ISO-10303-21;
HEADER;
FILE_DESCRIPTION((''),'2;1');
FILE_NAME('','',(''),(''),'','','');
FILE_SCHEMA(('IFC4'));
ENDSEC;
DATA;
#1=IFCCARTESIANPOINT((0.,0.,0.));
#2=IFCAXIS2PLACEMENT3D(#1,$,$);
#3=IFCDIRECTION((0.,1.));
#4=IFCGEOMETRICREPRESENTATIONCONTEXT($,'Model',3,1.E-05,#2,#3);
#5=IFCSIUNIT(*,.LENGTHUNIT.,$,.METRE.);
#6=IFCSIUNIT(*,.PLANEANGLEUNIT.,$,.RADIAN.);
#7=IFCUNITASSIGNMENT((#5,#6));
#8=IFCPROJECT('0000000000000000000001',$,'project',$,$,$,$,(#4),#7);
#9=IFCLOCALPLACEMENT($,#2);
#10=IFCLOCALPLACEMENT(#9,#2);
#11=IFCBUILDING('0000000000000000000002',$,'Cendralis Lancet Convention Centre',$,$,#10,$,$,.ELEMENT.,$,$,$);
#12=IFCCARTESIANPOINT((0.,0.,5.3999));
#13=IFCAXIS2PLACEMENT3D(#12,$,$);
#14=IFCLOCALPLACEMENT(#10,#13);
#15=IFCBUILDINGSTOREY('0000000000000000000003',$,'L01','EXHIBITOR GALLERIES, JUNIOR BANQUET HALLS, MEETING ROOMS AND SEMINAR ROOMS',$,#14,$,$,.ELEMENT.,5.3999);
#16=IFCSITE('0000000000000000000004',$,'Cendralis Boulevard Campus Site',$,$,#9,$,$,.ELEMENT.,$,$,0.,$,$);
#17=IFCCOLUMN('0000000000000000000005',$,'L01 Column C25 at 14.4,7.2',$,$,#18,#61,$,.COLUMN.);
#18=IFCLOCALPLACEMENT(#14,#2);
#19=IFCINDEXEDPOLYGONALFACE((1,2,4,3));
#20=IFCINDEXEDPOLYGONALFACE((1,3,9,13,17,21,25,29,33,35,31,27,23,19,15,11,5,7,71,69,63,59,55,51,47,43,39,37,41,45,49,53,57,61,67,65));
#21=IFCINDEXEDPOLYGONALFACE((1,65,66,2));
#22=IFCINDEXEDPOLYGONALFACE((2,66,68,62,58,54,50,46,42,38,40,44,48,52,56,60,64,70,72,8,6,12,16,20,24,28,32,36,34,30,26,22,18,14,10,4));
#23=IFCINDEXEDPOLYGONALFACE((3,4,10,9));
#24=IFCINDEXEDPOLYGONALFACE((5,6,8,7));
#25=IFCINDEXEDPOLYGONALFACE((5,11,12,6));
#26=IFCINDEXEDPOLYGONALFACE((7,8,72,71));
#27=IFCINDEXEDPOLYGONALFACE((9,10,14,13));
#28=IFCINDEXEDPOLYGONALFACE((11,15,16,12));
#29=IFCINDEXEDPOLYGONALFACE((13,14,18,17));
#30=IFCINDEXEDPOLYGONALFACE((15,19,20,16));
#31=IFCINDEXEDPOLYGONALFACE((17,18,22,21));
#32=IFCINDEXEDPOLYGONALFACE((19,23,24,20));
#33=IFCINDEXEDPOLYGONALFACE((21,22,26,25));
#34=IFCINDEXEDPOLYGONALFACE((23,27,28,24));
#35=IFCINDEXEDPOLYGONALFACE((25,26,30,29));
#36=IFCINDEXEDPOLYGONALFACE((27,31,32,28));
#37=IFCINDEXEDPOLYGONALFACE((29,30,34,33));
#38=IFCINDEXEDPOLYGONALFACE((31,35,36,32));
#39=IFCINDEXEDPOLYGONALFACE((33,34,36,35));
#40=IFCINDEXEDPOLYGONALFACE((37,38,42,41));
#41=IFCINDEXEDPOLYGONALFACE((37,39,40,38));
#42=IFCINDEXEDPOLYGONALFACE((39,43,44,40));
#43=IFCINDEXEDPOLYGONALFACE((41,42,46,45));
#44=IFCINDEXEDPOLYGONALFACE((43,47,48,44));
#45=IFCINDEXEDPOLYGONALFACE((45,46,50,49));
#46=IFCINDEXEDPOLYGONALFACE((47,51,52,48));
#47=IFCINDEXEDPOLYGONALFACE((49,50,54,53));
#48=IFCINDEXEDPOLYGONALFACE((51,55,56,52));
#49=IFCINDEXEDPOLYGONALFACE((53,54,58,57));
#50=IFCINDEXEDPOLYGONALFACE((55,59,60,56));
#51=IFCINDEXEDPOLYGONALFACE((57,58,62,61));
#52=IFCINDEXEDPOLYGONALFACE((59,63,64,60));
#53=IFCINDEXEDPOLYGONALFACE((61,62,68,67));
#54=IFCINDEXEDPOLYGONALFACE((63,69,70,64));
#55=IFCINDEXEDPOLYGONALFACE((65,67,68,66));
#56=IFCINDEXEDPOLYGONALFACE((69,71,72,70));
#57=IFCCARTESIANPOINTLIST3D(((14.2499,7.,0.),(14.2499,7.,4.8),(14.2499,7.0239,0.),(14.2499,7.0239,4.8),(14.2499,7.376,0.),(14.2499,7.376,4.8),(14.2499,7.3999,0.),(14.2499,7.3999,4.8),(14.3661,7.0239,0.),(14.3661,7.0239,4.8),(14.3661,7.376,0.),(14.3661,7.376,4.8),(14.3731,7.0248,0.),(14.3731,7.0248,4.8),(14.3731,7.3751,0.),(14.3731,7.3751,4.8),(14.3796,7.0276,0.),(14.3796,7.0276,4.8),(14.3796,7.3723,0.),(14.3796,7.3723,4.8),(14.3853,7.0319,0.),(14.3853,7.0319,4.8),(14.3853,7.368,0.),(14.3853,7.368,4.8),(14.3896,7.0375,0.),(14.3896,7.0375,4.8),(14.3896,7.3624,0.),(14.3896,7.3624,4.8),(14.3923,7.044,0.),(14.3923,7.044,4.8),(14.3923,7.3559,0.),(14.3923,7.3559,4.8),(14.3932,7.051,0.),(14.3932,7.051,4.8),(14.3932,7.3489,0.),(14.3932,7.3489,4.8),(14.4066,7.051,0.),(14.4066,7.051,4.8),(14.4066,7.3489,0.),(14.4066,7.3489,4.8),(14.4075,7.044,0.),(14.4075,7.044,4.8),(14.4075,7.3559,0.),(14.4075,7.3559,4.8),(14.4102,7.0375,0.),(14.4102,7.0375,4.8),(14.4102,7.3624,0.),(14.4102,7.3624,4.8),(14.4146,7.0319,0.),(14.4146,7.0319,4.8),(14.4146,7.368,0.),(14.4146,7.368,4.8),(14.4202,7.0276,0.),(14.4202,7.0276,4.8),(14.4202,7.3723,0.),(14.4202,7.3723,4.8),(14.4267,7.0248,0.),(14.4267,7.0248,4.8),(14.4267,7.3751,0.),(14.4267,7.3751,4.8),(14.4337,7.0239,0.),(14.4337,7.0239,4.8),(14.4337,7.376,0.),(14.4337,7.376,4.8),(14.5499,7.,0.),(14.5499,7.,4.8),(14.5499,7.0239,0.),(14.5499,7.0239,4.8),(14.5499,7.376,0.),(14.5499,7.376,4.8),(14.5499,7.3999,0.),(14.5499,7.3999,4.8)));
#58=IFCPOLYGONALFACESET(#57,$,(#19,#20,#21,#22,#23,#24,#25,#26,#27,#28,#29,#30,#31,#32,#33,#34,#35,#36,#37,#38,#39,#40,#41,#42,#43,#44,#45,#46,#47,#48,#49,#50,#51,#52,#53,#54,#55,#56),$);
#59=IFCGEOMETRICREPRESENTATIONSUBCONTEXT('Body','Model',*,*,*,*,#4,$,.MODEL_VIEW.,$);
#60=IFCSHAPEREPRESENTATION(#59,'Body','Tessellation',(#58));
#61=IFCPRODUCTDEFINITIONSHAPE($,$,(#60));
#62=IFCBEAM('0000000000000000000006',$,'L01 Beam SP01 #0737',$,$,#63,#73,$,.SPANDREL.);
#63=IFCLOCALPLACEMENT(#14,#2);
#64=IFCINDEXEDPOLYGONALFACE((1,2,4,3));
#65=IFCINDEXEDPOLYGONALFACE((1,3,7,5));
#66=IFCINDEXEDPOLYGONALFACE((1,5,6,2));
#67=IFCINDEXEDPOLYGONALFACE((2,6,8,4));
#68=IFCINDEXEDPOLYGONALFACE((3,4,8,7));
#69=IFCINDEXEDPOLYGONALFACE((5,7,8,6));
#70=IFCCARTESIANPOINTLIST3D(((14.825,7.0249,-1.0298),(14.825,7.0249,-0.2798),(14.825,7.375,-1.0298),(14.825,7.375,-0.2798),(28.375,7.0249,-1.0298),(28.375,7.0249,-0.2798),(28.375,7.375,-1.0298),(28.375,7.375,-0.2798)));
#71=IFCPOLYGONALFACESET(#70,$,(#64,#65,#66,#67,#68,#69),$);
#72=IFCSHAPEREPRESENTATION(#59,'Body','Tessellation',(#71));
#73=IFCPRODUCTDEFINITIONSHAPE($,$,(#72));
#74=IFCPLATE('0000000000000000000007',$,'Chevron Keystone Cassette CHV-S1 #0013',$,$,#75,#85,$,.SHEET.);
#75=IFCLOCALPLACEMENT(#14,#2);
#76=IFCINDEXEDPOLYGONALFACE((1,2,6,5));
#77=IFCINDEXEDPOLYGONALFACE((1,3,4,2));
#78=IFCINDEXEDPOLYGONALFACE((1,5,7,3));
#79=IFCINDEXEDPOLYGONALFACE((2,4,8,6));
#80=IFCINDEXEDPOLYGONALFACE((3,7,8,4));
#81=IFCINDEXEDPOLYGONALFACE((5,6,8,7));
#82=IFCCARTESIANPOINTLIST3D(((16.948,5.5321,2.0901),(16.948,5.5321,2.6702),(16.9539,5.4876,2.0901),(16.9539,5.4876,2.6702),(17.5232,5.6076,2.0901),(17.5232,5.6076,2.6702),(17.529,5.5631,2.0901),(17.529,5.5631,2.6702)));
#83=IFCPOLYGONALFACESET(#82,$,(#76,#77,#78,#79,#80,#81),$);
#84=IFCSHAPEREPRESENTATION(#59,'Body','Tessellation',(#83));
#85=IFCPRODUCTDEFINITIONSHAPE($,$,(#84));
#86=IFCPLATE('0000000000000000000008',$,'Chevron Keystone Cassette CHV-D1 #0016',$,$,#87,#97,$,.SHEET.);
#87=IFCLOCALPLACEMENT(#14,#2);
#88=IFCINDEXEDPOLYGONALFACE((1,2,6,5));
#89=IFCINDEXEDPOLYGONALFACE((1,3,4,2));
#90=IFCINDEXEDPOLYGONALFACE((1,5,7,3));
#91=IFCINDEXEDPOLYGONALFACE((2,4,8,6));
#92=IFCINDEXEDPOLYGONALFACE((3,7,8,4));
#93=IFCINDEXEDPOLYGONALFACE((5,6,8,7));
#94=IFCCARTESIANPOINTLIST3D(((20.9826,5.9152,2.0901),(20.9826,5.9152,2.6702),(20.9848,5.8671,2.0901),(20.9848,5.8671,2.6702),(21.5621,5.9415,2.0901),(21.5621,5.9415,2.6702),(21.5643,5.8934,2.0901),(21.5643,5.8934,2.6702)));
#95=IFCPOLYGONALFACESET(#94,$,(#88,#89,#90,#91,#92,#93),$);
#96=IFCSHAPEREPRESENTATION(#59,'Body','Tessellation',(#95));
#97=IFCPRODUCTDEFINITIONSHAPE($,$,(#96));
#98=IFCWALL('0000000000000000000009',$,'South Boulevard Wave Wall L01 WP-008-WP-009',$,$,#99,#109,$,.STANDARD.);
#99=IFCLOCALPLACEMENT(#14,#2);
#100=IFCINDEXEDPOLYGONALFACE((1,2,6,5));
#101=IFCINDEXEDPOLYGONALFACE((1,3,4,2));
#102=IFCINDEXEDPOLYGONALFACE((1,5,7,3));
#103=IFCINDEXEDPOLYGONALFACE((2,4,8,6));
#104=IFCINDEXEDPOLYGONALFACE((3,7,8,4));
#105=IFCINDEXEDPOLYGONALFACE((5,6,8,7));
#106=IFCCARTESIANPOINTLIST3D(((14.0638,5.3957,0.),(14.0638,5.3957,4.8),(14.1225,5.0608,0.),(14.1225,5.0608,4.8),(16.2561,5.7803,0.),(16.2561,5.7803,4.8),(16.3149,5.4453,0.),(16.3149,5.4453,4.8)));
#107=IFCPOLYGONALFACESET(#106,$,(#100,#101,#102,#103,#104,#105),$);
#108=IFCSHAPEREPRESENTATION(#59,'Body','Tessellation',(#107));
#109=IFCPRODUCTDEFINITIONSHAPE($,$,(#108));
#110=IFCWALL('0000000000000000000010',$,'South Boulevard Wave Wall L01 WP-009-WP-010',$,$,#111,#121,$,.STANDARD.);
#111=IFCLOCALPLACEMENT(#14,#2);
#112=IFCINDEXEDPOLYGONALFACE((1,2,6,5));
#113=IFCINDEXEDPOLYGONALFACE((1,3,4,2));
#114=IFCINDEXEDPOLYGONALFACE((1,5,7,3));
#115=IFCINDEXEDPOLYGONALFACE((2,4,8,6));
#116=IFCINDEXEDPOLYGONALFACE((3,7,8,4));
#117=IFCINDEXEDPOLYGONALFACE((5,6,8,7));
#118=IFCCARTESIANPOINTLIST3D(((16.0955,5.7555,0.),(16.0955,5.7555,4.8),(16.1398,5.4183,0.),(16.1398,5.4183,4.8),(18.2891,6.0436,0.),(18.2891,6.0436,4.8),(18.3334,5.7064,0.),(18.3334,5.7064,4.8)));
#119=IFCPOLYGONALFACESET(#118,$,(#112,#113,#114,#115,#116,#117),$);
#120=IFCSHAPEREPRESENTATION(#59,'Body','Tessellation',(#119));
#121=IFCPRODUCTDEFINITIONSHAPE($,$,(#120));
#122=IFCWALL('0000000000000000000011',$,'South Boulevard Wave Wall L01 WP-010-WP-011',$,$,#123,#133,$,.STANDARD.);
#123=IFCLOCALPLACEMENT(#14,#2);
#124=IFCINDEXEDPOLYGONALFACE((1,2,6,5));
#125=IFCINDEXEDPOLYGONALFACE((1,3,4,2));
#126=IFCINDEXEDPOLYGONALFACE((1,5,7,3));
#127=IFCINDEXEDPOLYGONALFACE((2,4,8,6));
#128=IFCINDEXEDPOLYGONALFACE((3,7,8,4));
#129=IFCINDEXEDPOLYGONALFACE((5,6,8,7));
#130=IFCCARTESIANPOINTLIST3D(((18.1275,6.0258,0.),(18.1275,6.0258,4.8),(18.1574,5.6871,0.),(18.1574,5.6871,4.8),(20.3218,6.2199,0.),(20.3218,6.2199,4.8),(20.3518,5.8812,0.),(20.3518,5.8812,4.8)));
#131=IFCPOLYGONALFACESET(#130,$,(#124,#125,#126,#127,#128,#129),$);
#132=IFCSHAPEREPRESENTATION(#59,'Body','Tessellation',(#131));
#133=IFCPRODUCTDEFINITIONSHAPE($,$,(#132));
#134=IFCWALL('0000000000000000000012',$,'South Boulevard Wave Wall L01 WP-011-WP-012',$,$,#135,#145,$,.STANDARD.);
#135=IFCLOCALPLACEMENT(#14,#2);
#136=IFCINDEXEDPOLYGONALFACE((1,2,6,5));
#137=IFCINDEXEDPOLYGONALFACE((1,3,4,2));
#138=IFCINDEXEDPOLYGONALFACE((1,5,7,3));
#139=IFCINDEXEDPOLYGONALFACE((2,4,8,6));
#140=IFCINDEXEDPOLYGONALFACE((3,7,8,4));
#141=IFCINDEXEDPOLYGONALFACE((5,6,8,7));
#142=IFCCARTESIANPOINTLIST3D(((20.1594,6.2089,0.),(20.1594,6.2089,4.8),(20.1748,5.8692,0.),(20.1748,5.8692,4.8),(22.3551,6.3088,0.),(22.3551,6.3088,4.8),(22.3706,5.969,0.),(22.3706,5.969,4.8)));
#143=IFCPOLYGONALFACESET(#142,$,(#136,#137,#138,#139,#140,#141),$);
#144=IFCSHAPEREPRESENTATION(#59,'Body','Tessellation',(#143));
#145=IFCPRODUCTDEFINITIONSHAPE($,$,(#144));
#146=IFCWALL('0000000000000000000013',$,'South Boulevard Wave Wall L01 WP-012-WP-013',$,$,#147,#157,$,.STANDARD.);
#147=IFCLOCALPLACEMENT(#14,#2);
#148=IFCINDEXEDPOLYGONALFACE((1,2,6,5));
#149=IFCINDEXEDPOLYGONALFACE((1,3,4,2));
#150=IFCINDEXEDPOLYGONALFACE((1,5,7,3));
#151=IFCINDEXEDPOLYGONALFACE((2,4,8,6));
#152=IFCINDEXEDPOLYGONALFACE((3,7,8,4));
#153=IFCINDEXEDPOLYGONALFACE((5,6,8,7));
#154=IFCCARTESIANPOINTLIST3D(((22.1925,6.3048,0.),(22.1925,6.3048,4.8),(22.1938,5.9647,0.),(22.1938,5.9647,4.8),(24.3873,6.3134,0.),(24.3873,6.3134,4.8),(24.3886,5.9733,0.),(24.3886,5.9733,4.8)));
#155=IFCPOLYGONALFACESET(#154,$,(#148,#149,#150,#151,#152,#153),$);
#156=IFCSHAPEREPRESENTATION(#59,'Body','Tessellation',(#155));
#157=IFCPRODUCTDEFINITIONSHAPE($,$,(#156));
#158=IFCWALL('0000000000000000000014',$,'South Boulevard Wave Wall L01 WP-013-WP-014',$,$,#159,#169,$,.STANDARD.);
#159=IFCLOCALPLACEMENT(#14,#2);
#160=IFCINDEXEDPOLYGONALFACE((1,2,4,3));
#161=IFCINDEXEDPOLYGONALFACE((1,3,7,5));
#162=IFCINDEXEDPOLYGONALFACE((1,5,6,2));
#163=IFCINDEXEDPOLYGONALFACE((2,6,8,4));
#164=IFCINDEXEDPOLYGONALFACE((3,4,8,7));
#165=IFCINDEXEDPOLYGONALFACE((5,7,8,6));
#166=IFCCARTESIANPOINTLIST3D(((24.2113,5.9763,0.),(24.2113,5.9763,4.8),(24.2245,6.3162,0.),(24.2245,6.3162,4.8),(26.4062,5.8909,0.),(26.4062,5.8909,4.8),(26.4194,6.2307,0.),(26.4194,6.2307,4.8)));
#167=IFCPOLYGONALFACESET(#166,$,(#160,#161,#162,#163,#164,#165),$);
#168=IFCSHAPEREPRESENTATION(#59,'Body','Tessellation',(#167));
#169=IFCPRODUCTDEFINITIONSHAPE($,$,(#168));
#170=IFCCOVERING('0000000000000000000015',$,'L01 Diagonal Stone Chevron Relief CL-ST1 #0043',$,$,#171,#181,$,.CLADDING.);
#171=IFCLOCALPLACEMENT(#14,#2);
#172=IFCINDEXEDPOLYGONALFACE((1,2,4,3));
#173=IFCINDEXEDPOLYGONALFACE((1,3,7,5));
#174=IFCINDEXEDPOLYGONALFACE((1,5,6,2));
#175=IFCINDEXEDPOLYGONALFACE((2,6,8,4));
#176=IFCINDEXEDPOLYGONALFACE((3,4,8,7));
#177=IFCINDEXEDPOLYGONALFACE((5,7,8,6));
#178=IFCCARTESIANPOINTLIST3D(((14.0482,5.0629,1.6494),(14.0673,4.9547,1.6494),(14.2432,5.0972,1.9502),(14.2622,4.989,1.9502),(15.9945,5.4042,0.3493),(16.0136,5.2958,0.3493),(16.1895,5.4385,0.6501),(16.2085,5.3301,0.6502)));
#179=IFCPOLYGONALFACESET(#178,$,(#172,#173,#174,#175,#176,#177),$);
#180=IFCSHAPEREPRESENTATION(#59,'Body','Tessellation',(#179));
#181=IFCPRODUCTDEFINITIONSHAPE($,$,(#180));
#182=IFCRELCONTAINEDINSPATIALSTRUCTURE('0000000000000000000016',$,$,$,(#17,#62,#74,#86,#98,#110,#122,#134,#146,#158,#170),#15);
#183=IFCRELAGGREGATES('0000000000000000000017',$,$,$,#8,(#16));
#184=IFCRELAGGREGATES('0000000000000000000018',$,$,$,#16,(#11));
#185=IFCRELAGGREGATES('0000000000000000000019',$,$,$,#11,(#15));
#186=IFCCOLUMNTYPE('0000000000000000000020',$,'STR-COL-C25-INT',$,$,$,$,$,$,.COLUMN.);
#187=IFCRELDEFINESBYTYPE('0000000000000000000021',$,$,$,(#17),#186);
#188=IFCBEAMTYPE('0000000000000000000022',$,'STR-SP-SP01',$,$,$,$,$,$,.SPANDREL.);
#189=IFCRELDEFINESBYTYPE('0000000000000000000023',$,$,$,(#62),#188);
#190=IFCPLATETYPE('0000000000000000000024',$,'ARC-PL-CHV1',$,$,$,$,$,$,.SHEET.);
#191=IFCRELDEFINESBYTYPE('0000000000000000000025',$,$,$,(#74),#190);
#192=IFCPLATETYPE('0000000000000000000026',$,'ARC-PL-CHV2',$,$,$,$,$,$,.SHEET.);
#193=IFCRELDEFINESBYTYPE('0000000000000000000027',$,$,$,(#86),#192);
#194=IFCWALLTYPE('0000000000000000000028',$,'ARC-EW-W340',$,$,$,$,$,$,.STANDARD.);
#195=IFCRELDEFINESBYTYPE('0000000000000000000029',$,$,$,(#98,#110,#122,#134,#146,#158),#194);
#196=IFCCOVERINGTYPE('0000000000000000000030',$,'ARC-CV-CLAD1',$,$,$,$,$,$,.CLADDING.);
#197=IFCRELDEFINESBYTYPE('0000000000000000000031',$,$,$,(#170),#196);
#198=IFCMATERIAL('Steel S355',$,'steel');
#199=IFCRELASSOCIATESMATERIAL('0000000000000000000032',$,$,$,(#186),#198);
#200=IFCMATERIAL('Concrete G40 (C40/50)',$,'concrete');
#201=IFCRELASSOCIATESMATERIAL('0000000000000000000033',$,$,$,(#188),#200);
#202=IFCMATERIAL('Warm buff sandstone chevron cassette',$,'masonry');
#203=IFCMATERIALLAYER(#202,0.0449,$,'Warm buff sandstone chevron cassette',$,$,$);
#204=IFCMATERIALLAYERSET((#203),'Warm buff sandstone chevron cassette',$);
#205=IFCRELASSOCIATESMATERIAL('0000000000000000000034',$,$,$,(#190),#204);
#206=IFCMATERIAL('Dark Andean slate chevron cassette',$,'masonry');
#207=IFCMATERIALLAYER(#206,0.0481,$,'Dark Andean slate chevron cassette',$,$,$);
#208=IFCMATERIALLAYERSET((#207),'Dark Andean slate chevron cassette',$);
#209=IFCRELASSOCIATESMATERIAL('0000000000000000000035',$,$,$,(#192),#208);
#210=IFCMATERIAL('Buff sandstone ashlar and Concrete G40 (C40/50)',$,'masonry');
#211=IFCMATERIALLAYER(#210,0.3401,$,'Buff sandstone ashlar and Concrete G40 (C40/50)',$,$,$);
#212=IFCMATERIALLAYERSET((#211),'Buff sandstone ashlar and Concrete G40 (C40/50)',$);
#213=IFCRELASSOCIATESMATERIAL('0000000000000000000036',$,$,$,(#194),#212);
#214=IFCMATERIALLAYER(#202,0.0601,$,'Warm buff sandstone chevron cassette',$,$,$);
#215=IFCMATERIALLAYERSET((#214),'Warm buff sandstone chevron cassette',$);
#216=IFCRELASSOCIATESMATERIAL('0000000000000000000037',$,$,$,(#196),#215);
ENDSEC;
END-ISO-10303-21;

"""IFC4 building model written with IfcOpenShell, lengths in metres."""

from ifc_helpers import new_model, si_unit, direction, frame, frame_2d, origin, origin_2d, place, context, subcontext, project, spatial, polyline, rectangle, i_section, outline, extrude, material, layer, layer_set, material_profile, profile_set, type_object, element, save


model = new_model("IFC4")

# Units and contexts
model_context = context("Model", 3, precision=1e-05, world=origin(), true_north=direction((0.0, 1.0)))
body_context = subcontext(model_context, "Body", "Model", "MODEL_VIEW")
ifc_project = project(units=[si_unit("LENGTHUNIT", "METRE"), si_unit("PLANEANGLEUNIT", "RADIAN")], contexts=[model_context])

# Site, building, storey
site_placement = place(None, origin())
site = spatial("IfcSite", under=ifc_project, at=site_placement, Name="Cendralis Boulevard Campus Site", CompositionType="ELEMENT", RefElevation=0.0)
building_placement = place(site_placement, origin())
building = spatial("IfcBuilding", under=site, at=building_placement, Name="Cendralis Lancet Convention Centre", CompositionType="ELEMENT")
storey_placement = place(building_placement, frame((0.0, 0.0, 5.3999)))
storey = spatial("IfcBuildingStorey", under=building, at=storey_placement, Name="L01", Description="EXHIBITOR GALLERIES, JUNIOR BANQUET HALLS, MEETING ROOMS AND SEMINAR ROOMS", CompositionType="ELEMENT", Elevation=5.3999)

# Column
ifc_material_1 = material(Name="Steel S355", Category="steel")
ifc_material_profile_1 = material_profile(ifc_material_1, i_section(OverallWidth=0.3, OverallDepth=0.3999, WebThickness=0.0134, FlangeThickness=0.0239, FilletRadius=0.0271, at=origin_2d()), Name="HEB 400")
ifc_profile_set_1 = profile_set([ifc_material_profile_1], Name="Steel S355")
column_type = type_object("IfcColumnType", Name="STR-COL-C25-INT", PredefinedType="COLUMN", material=ifc_profile_set_1)
column_placement = place(storey_placement, frame((14.3999, 7.2, 0.0), z_axis=(0.0, 0.0, 1.0), x_axis=(1.0, 0.0, 0.0)))
element("IfcColumn", 1, at=column_placement, inside=storey, type_object=column_type, Name="L01 Column C25 at 14.4,7.2", PredefinedType="COLUMN", context=body_context, shape_type="SweptSolid", body=[
    extrude(i_section(OverallWidth=0.3, OverallDepth=0.3999, WebThickness=0.0134, FlangeThickness=0.0239, FilletRadius=0.0271, at=origin_2d()), origin(), (0.0, 0.0, 1.0), 4.8),
])

# Beam
ifc_material_2 = material(Name="Concrete G40 (C40/50)", Category="concrete")
ifc_material_profile_2 = material_profile(ifc_material_2, rectangle(XDim=0.3501, YDim=0.75, at=origin_2d()), Name="RCB 350x750")
ifc_profile_set_2 = profile_set([ifc_material_profile_2], Name="Concrete G40 (C40/50)")
beam_type = type_object("IfcBeamType", Name="STR-SP-SP01", PredefinedType="SPANDREL", material=ifc_profile_set_2)
beam_placement = place(storey_placement, frame((14.825, 7.2, -0.6548), z_axis=(1.0, 0.0, 0.0), x_axis=(0.0, 1.0, 0.0)))
element("IfcBeam", 2, at=beam_placement, inside=storey, type_object=beam_type, Name="L01 Beam SP01 #0737", PredefinedType="SPANDREL", context=body_context, shape_type="SweptSolid", body=[
    extrude(rectangle(XDim=0.3501, YDim=0.75, at=origin_2d()), origin(), (0.0, 0.0, 1.0), 13.55),
])

# Plates
ifc_material_3 = material(Name="Warm buff sandstone chevron cassette", Category="masonry")
ifc_layer_1 = layer(ifc_material_3, 0.0449, Name="Warm buff sandstone chevron cassette")
ifc_layer_set_1 = layer_set([ifc_layer_1], Name="Warm buff sandstone chevron cassette")
plate_type_1 = type_object("IfcPlateType", Name="ARC-PL-CHV1", PredefinedType="SHEET", material=ifc_layer_set_1)
plate_1_placement = place(storey_placement, frame((17.2385, 5.5476, 2.0901), z_axis=(0.0, 0.0, 1.0), x_axis=(0.991484, 0.130232, 0.0)))
element("IfcPlate", 3, at=plate_1_placement, inside=storey, type_object=plate_type_1, Name="Chevron Keystone Cassette CHV-S1 #0013", PredefinedType="SHEET", context=body_context, shape_type="SweptSolid", body=[
    extrude(rectangle(XDim=0.5801, YDim=0.0449, at=origin_2d()), origin(), (0.0, 0.0, 1.0), 0.5801),
])
ifc_material_4 = material(Name="Dark Andean slate chevron cassette", Category="masonry")
ifc_layer_2 = layer(ifc_material_4, 0.0481, Name="Dark Andean slate chevron cassette")
ifc_layer_set_2 = layer_set([ifc_layer_2], Name="Dark Andean slate chevron cassette")
plate_type_2 = type_object("IfcPlateType", Name="ARC-PL-CHV2", PredefinedType="SHEET", material=ifc_layer_set_2)
plate_2_placement = place(storey_placement, frame((21.2734, 5.9043, 2.0901), z_axis=(0.0, 0.0, 1.0), x_axis=(0.998971, 0.045363, 0.0)))
element("IfcPlate", 4, at=plate_2_placement, inside=storey, type_object=plate_type_2, Name="Chevron Keystone Cassette CHV-D1 #0016", PredefinedType="SHEET", context=body_context, shape_type="SweptSolid", body=[
    extrude(rectangle(XDim=0.5801, YDim=0.0481, at=origin_2d()), origin(), (0.0, 0.0, 1.0), 0.5801),
])

# Walls
ifc_material_5 = material(Name="Buff sandstone ashlar and Concrete G40 (C40/50)", Category="masonry")
ifc_layer_3 = layer(ifc_material_5, 0.3401, Name="Buff sandstone ashlar and Concrete G40 (C40/50)")
ifc_layer_set_3 = layer_set([ifc_layer_3], Name="Buff sandstone ashlar and Concrete G40 (C40/50)")
wall_type = type_object("IfcWallType", Name="ARC-EW-W340", PredefinedType="STANDARD", material=ifc_layer_set_3)
wall_1_placement = place(storey_placement, frame((14.0933, 5.2283, 0.0), z_axis=(0.0, 0.0, 1.0), x_axis=(0.984965, 0.172753, 0.0)))
element("IfcWall", 5, at=wall_1_placement, inside=storey, type_object=wall_type, Name="South Boulevard Wave Wall L01 WP-008-WP-009", PredefinedType="STANDARD", context=body_context, shape_type="SweptSolid", body=[
    extrude(rectangle(XDim=2.2258, YDim=0.3401, at=frame_2d((1.1128, 0.0))), origin(), (0.0, 0.0, 1.0), 4.8),
])
wall_2_placement = place(storey_placement, frame((16.1177, 5.5869, 0.0), z_axis=(0.0, 0.0, 1.0), x_axis=(0.991486, 0.130212, 0.0)))
element("IfcWall", 6, at=wall_2_placement, inside=storey, type_object=wall_type, Name="South Boulevard Wave Wall L01 WP-009-WP-010", PredefinedType="STANDARD", context=body_context, shape_type="SweptSolid", body=[
    extrude(rectangle(XDim=2.2124, YDim=0.3401, at=frame_2d((1.1062, 0.0))), origin(), (0.0, 0.0, 1.0), 4.8),
])
wall_3_placement = place(storey_placement, frame((18.1423, 5.8564, 0.0), z_axis=(0.0, 0.0, 1.0), x_axis=(0.996111, 0.088107, 0.0)))
element("IfcWall", 7, at=wall_3_placement, inside=storey, type_object=wall_type, Name="South Boulevard Wave Wall L01 WP-010-WP-011", PredefinedType="STANDARD", context=body_context, shape_type="SweptSolid", body=[
    extrude(rectangle(XDim=2.2029, YDim=0.3401, at=frame_2d((1.1016, 0.0))), origin(), (0.0, 0.0, 1.0), 4.8),
])
wall_4_placement = place(storey_placement, frame((20.167, 6.0391, 0.0), z_axis=(0.0, 0.0, 1.0), x_axis=(0.998968, 0.045428, 0.0)))
element("IfcWall", 8, at=wall_4_placement, inside=storey, type_object=wall_type, Name="South Boulevard Wave Wall L01 WP-011-WP-012", PredefinedType="STANDARD", context=body_context, shape_type="SweptSolid", body=[
    extrude(rectangle(XDim=2.198, YDim=0.3401, at=frame_2d((1.0991, 0.0))), origin(), (0.0, 0.0, 1.0), 4.8),
])
wall_5_placement = place(storey_placement, frame((22.1931, 6.1348, 0.0), z_axis=(0.0, 0.0, 1.0), x_axis=(0.999992, 0.003893, 0.0)))
element("IfcWall", 9, at=wall_5_placement, inside=storey, type_object=wall_type, Name="South Boulevard Wave Wall L01 WP-012-WP-013", PredefinedType="STANDARD", context=body_context, shape_type="SweptSolid", body=[
    extrude(rectangle(XDim=2.1948, YDim=0.3401, at=frame_2d((1.0974, 0.0))), origin(), (0.0, 0.0, 1.0), 4.8),
])
wall_6_placement = place(storey_placement, frame((24.218, 6.1462, 0.0), z_axis=(0.0, 0.0, 1.0), x_axis=(0.999243, -0.038903, 0.0)))
element("IfcWall", 10, at=wall_6_placement, inside=storey, type_object=wall_type, Name="South Boulevard Wave Wall L01 WP-013-WP-014", PredefinedType="STANDARD", context=body_context, shape_type="SweptSolid", body=[
    extrude(rectangle(XDim=2.1965, YDim=0.3401, at=frame_2d((1.0981, 0.0))), origin(), (0.0, 0.0, 1.0), 4.8),
])

# Covering
ifc_layer_4 = layer(ifc_material_3, 0.0601, Name="Warm buff sandstone chevron cassette")
ifc_layer_set_4 = layer_set([ifc_layer_4], Name="Warm buff sandstone chevron cassette")
covering_type_1 = type_object("IfcCoveringType", Name="ARC-CV-CLAD1", PredefinedType="CLADDING", material=ifc_layer_set_4)
covering_1_placement = place(storey_placement, frame((14.2622, 4.989, 1.9502), z_axis=(0.541329, 0.095206, 0.835403), x_axis=(0.822865, 0.144197, -0.549637)))
element("IfcCovering", 11, at=covering_1_placement, inside=storey, type_object=covering_type_1, Name="L01 Diagonal Stone Chevron Relief CL-ST1 #0043", PredefinedType="CLADDING", context=body_context, shape_type="SweptSolid", body=[
    extrude(outline(polyline([(0.0, 0.0), (2.3653, 0.0), (2.3652, 0.1101), (-0.0001, 0.1098), (0.0, 0.0)])), origin(), (0.0, 0.0, -1.0), 0.3601),
])

save(model, "model.ifc")
